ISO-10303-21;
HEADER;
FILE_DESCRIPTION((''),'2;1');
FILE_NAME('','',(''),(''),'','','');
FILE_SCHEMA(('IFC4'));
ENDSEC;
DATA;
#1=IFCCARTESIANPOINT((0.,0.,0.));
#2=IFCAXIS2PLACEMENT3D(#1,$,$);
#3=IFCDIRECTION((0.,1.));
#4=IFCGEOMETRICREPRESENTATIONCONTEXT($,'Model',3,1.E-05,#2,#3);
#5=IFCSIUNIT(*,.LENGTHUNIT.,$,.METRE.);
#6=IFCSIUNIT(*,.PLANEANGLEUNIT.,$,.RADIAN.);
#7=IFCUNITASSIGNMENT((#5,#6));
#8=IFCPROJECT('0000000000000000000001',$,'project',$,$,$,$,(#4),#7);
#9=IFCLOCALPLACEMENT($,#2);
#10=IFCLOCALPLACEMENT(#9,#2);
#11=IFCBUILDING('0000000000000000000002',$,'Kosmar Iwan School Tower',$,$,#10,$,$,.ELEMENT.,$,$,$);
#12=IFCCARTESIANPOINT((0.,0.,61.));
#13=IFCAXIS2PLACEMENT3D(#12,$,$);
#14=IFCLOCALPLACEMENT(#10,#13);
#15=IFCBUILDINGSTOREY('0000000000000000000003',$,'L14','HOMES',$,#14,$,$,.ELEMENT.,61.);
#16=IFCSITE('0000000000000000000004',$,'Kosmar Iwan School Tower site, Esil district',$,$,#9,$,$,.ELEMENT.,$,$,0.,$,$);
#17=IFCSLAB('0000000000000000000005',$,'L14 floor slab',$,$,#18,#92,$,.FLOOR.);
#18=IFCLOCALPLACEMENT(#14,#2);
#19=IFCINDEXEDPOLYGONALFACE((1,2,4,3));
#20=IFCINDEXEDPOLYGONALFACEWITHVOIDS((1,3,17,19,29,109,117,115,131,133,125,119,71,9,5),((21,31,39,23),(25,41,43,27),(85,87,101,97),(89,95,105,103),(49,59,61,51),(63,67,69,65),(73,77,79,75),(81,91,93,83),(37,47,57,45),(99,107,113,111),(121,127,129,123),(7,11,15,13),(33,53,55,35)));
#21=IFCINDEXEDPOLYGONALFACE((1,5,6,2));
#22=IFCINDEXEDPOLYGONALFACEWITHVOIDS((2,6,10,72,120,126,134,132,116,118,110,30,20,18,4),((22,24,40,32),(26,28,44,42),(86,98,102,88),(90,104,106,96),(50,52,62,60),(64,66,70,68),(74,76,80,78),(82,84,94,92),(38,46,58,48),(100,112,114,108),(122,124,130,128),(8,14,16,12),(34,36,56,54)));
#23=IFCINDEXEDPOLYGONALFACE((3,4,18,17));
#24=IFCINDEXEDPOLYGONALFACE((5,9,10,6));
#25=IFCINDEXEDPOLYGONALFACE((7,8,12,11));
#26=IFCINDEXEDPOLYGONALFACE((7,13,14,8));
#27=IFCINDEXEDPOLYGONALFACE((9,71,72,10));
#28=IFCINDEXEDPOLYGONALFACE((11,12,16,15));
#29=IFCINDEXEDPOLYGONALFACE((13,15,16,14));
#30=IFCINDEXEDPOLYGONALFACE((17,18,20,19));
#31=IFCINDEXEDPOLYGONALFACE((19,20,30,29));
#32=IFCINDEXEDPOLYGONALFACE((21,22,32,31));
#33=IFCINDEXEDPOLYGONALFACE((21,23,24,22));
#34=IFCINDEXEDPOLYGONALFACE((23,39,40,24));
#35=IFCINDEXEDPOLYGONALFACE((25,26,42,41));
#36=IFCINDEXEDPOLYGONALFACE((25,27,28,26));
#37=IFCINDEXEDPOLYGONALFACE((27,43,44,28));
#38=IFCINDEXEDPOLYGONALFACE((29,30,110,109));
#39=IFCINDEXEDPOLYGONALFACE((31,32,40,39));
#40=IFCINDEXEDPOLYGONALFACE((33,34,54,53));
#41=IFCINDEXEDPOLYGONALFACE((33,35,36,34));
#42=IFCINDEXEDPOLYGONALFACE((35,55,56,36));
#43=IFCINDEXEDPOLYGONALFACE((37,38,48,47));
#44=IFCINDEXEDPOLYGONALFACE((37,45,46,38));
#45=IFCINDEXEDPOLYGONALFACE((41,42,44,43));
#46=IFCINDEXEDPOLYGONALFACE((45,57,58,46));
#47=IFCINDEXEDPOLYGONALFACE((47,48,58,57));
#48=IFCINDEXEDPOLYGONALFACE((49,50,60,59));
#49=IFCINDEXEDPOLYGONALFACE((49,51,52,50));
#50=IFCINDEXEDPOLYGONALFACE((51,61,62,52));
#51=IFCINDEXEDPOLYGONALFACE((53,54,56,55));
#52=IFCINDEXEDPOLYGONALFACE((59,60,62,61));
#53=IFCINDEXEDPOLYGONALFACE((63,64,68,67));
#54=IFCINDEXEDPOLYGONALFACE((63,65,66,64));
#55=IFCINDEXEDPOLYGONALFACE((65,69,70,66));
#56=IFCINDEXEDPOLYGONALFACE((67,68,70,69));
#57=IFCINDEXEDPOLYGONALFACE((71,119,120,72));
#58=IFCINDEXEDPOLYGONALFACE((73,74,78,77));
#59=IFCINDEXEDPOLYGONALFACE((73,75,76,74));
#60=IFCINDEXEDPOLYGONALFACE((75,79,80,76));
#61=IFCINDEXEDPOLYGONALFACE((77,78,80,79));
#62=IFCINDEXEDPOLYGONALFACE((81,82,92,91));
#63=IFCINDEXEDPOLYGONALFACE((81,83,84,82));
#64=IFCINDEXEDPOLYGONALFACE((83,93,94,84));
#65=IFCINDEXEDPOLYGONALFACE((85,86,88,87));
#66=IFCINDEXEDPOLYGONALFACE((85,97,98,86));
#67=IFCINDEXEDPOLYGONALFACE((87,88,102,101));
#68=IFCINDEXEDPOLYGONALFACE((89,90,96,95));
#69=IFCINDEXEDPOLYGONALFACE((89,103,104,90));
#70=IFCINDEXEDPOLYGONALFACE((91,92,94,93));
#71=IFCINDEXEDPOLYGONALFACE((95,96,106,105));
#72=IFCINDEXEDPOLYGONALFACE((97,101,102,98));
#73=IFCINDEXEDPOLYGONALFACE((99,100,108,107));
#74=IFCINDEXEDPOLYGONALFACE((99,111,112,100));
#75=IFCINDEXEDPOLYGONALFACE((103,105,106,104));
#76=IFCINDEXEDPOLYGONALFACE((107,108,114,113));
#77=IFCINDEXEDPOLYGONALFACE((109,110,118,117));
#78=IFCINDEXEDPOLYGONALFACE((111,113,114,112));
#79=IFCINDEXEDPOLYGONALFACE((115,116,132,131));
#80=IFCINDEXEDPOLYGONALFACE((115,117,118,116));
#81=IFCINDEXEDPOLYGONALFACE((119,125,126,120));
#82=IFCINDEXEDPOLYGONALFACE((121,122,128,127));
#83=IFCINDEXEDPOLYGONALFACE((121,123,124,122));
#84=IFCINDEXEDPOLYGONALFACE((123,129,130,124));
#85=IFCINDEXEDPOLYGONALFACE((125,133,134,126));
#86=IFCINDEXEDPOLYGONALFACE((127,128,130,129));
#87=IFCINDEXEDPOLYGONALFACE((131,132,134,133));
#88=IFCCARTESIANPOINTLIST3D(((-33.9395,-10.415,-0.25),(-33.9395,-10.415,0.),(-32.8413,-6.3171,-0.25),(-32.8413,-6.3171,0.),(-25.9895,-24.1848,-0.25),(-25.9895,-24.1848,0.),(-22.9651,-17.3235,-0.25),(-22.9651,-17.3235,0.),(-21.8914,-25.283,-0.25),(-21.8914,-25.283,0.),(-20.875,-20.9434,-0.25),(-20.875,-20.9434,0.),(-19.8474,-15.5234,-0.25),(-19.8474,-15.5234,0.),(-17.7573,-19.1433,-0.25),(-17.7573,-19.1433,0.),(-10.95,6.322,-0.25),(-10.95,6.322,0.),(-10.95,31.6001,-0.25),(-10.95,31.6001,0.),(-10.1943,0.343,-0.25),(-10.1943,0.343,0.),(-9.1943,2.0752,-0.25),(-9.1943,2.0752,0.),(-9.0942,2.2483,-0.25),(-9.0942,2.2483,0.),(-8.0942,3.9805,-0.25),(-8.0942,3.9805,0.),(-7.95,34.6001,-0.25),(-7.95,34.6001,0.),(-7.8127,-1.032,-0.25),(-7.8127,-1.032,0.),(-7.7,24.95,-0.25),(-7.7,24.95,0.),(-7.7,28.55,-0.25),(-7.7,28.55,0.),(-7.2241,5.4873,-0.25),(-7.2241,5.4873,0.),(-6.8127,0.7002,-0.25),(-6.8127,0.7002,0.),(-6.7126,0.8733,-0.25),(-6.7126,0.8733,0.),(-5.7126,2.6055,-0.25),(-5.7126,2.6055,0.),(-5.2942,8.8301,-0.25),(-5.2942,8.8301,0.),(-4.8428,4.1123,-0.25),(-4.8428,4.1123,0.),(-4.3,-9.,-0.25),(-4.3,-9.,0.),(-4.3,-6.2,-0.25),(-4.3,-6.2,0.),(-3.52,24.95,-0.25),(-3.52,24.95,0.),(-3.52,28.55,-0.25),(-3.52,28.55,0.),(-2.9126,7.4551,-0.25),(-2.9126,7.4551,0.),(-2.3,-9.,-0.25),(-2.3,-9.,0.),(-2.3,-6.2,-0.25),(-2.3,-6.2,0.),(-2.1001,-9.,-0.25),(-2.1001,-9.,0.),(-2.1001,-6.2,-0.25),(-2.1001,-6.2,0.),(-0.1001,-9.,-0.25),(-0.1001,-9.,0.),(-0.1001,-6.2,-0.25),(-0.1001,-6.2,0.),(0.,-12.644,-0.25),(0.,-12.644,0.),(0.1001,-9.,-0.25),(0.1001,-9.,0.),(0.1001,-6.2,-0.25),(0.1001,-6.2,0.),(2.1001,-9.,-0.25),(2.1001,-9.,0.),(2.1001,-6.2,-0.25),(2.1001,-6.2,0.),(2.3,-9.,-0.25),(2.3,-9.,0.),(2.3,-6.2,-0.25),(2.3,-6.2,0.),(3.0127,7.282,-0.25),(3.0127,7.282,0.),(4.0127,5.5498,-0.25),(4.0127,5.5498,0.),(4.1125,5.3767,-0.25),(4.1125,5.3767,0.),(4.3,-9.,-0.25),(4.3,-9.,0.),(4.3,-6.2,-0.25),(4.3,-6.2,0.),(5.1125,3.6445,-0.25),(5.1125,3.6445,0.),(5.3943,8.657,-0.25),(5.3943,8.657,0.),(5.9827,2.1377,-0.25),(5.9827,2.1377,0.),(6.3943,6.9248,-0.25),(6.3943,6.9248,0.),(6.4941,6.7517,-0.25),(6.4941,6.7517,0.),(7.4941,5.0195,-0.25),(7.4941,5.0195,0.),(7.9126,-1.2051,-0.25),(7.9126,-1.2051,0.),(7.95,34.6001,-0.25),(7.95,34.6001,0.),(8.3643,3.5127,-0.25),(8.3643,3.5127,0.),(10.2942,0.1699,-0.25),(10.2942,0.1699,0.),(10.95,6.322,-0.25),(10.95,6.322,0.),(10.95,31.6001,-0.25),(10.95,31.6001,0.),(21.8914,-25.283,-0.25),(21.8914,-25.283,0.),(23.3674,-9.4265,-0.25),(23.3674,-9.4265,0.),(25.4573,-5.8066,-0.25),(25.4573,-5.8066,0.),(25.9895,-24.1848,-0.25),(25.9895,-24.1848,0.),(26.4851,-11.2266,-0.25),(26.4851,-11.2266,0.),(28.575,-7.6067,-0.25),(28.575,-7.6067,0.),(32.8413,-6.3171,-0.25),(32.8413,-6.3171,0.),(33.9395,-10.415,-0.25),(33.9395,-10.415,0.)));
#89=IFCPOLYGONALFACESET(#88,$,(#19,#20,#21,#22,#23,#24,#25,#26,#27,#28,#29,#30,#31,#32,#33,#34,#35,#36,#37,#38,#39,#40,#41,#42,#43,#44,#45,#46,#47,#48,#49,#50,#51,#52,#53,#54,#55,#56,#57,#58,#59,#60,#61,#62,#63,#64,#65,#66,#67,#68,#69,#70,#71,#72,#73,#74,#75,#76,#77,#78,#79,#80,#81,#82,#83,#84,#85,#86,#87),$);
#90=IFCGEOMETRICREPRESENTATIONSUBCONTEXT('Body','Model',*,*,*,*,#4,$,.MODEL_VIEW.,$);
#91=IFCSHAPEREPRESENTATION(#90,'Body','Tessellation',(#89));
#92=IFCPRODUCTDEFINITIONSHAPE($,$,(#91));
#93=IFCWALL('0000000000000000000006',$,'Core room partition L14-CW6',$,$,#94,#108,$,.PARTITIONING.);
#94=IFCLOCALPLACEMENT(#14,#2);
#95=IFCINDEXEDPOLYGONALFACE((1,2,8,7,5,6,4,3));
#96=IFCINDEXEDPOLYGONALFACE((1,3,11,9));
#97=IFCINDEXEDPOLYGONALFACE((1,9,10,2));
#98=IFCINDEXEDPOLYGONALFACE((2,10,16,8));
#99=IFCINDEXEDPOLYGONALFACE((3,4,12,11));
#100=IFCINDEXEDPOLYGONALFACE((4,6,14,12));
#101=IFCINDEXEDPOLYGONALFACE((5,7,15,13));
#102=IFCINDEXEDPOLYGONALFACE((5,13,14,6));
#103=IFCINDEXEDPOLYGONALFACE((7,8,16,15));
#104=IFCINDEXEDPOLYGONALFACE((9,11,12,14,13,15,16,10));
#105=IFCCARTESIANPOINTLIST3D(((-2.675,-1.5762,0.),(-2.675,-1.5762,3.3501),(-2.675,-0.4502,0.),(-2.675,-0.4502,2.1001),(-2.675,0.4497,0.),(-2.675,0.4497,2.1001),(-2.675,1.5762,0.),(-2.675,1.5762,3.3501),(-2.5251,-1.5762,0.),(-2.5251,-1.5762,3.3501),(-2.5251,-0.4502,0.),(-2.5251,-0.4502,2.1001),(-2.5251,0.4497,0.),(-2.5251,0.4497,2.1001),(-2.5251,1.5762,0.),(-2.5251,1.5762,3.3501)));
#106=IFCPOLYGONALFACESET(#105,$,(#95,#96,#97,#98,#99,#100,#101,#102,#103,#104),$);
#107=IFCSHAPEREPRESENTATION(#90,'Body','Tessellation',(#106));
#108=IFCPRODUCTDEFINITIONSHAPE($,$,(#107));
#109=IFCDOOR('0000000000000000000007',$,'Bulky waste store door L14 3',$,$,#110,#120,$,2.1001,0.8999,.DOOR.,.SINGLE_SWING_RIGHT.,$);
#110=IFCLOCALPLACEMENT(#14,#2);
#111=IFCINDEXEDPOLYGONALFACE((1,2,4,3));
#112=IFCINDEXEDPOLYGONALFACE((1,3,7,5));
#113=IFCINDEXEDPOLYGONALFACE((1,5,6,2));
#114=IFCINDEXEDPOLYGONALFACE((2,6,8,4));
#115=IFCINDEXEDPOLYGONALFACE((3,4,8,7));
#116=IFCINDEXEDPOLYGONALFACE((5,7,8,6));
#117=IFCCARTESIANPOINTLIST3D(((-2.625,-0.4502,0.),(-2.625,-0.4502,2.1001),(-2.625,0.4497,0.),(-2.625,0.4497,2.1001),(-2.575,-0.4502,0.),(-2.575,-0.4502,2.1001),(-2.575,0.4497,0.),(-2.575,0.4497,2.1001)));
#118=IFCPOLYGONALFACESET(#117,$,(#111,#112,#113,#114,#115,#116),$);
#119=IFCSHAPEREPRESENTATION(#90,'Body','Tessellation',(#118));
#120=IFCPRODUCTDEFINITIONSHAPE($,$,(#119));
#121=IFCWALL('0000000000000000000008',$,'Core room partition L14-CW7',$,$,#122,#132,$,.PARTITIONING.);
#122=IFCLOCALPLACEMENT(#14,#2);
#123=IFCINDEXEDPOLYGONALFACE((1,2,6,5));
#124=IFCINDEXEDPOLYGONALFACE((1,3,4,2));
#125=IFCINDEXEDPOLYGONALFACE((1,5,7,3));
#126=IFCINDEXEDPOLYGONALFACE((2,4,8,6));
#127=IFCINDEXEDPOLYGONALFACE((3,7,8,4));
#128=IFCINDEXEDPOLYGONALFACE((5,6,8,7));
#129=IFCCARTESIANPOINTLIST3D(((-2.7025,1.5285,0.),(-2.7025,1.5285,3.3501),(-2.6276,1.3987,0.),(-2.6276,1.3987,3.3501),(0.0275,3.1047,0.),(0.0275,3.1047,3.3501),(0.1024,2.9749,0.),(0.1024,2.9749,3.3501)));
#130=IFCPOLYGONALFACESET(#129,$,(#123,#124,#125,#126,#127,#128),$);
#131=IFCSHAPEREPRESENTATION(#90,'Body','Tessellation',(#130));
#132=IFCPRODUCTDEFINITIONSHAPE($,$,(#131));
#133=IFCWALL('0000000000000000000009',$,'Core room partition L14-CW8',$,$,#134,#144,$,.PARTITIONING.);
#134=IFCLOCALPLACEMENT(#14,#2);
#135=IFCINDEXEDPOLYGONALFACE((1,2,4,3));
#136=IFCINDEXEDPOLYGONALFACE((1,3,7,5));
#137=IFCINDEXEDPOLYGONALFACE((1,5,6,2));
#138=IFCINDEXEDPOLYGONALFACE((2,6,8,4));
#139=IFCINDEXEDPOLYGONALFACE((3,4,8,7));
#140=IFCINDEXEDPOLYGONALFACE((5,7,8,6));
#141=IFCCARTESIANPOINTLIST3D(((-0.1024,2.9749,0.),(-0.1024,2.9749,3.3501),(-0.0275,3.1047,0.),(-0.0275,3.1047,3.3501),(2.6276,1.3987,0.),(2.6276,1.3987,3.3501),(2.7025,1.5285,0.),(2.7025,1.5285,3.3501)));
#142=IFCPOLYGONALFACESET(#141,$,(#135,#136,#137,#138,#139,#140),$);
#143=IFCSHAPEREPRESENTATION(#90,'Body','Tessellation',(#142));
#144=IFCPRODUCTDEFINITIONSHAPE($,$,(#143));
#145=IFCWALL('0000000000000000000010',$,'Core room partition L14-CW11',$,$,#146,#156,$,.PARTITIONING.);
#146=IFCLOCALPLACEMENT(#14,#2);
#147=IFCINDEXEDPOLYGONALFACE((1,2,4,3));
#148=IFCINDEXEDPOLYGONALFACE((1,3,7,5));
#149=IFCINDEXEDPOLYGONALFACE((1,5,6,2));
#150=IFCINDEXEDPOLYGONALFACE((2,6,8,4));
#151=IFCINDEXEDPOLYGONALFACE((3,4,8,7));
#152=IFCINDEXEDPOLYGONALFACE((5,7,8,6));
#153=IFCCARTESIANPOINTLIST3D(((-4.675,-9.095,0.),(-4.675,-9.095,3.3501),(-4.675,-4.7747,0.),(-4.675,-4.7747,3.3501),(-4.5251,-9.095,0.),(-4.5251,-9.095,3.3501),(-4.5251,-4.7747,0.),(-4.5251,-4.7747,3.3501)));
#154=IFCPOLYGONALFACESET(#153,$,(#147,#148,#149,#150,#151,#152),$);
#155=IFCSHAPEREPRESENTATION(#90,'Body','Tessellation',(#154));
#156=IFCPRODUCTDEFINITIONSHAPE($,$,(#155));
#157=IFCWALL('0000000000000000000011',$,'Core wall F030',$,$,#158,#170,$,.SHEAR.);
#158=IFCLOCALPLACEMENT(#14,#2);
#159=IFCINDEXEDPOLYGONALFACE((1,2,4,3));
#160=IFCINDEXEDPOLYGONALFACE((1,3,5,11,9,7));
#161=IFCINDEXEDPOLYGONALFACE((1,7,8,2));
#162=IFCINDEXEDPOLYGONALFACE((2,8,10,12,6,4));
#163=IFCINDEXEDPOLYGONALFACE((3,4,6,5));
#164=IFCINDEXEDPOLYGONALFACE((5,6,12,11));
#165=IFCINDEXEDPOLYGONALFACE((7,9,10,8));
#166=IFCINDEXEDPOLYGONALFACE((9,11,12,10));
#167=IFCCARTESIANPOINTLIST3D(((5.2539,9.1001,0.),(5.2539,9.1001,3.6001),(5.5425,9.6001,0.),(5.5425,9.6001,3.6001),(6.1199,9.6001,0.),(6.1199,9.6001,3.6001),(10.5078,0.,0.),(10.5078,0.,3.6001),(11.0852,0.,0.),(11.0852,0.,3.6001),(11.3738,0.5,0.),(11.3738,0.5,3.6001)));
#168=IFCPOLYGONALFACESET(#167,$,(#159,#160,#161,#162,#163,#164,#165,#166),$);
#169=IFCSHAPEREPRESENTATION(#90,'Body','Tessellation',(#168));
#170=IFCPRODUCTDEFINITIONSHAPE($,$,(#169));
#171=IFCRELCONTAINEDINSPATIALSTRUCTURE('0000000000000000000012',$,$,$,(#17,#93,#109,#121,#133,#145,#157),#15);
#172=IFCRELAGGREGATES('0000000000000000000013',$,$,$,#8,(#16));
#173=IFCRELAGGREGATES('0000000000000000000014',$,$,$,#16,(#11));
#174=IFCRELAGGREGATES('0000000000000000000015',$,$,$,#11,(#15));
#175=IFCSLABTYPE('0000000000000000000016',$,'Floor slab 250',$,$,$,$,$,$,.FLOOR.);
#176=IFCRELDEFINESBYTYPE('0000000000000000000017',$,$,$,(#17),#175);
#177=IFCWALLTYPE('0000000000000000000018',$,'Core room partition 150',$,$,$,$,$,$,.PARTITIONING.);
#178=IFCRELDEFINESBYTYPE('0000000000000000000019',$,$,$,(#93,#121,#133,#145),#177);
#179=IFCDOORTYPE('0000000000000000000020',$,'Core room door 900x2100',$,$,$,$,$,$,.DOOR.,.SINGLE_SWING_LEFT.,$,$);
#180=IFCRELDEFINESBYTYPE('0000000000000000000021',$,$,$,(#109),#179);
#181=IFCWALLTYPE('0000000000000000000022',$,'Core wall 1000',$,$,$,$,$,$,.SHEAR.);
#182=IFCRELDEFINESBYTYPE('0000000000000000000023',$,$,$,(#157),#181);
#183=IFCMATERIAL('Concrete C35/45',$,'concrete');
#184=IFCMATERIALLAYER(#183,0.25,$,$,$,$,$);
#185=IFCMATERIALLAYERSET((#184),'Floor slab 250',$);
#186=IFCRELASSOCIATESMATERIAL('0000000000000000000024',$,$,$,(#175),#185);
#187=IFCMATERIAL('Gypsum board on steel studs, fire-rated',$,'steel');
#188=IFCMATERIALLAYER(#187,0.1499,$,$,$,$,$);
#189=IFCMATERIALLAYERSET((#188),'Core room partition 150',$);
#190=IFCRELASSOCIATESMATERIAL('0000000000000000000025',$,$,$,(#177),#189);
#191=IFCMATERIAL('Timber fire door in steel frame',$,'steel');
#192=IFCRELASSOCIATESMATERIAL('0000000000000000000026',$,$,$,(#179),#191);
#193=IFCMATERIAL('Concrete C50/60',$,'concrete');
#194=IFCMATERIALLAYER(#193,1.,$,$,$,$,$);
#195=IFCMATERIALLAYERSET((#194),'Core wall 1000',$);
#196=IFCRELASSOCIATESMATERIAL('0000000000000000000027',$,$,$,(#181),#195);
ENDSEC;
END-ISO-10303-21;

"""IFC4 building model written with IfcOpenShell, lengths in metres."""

from ifc_helpers import new_model, si_unit, direction, frame, frame_2d, origin, place, context, subcontext, project, spatial, polyline, rectangle, outline, extrude, material, layer, layer_set, type_object, element, fill, save


model = new_model("IFC4")

# Units and contexts
model_context = context("Model", 3, precision=1e-05, world=origin(), true_north=direction((0.0, 1.0)))
body_context = subcontext(model_context, "Body", "Model", "MODEL_VIEW")
ifc_project = project(units=[si_unit("LENGTHUNIT", "METRE"), si_unit("PLANEANGLEUNIT", "RADIAN")], contexts=[model_context])

# Site, building, storey
site_placement = place(None, origin())
site = spatial("IfcSite", under=ifc_project, at=site_placement, Name="Kosmar Iwan School Tower site, Esil district", CompositionType="ELEMENT", RefElevation=0.0)
building_placement = place(site_placement, origin())
building = spatial("IfcBuilding", under=site, at=building_placement, Name="Kosmar Iwan School Tower", CompositionType="ELEMENT")
storey_placement = place(building_placement, frame((0.0, 0.0, 61.0)))
storey = spatial("IfcBuildingStorey", under=building, at=storey_placement, Name="L14", Description="HOMES", CompositionType="ELEMENT", Elevation=61.0)

# Slab
ifc_material_1 = material(Name="Concrete C35/45", Category="concrete")
ifc_layer_1 = layer(ifc_material_1, 0.25)
ifc_layer_set_1 = layer_set([ifc_layer_1], Name="Floor slab 250")
slab_type = type_object("IfcSlabType", Name="Floor slab 250", PredefinedType="FLOOR", material=ifc_layer_set_1)
slab_placement = place(storey_placement, frame((0.0, 0.0, -0.25)))
element("IfcSlab", 1, at=slab_placement, inside=storey, type_object=slab_type, Name="L14 floor slab", PredefinedType="FLOOR", context=body_context, shape_type="SweptSolid", body=[
    extrude(outline(polyline([(-21.8914, -25.283), (0.0, -12.644), (21.8914, -25.283), (25.9895, -24.1848), (33.9395, -10.415), (32.8413, -6.3171), (10.95, 6.322), (10.95, 31.6001), (7.95, 34.6001), (-7.95, 34.6001), (-10.95, 31.6001), (-10.95, 6.322), (-32.8413, -6.3171), (-33.9395, -10.415), (-25.9895, -24.1848), (-21.8914, -25.283)]), holes=[polyline([(7.9126, -1.2051), (10.2942, 0.1699), (8.3643, 3.5127), (5.9827, 2.1377), (7.9126, -1.2051)]), polyline([(-2.9126, 7.4551), (-5.2942, 8.8301), (-7.2241, 5.4873), (-4.8428, 4.1123), (-2.9126, 7.4551)]), polyline([(-5.7126, 2.6055), (-8.0942, 3.9805), (-9.0942, 2.2483), (-6.7126, 0.8733), (-5.7126, 2.6055)]), polyline([(-6.8127, 0.7002), (-9.1943, 2.0752), (-10.1943, 0.343), (-7.8127, -1.032), (-6.8127, 0.7002)]), polyline([(5.1125, 3.6445), (7.4941, 5.0195), (6.4941, 6.7517), (4.1125, 5.3767), (5.1125, 3.6445)]), polyline([(4.0127, 5.5498), (6.3943, 6.9248), (5.3943, 8.657), (3.0127, 7.282), (4.0127, 5.5498)]), polyline([(-4.3, -6.2), (-4.3, -9.0), (-2.3, -9.0), (-2.3, -6.2), (-4.3, -6.2)]), polyline([(-2.1001, -6.2), (-2.1001, -9.0), (-0.1001, -9.0), (-0.1001, -6.2), (-2.1001, -6.2)]), polyline([(0.1001, -6.2), (0.1001, -9.0), (2.1001, -9.0), (2.1001, -6.2), (0.1001, -6.2)]), polyline([(2.3, -6.2), (2.3, -9.0), (4.3, -9.0), (4.3, -6.2), (2.3, -6.2)]), polyline([(-3.52, 24.95), (-3.52, 28.55), (-7.7, 28.55), (-7.7, 24.95), (-3.52, 24.95)]), polyline([(-19.8474, -15.5234), (-22.9651, -17.3235), (-20.875, -20.9434), (-17.7573, -19.1433), (-19.8474, -15.5234)]), polyline([(23.3674, -9.4265), (26.4851, -11.2266), (28.575, -7.6067), (25.4573, -5.8066), (23.3674, -9.4265)])]), origin(), (0.0, 0.0, 1.0), 0.25),
])

# Wall, opening, door
ifc_material_2 = material(Name="Gypsum board on steel studs, fire-rated", Category="steel")
ifc_layer_2 = layer(ifc_material_2, 0.1499)
ifc_layer_set_2 = layer_set([ifc_layer_2], Name="Core room partition 150")
wall_type_1 = type_object("IfcWallType", Name="Core room partition 150", PredefinedType="PARTITIONING", material=ifc_layer_set_2)
wall_1_placement = place(storey_placement, frame((-2.6001, -1.5762, 0.0), z_axis=(0.0, 0.0, 1.0), x_axis=(0.0, 1.0, 0.0)))
wall_1 = element("IfcWall", 2, at=wall_1_placement, inside=storey, type_object=wall_type_1, Name="Core room partition L14-CW6", PredefinedType="PARTITIONING", context=body_context, shape_type="SweptSolid", body=[
    extrude(rectangle(XDim=3.1523, YDim=0.1499, at=frame_2d((1.5762, 0.0))), origin(), (0.0, 0.0, 1.0), 3.3501),
])
opening_1_placement = place(wall_1_placement, frame((1.126, 0.0, 0.0)))
opening_1 = element("IfcOpeningElement", 3, at=opening_1_placement, cuts=wall_1, PredefinedType="OPENING", context=body_context, shape_type="SweptSolid", body=[
    extrude(rectangle(XDim=0.8999, YDim=2.1001, at=frame_2d((0.45, 1.05))), frame((0.0, 0.0869, 0.0), z_axis=(0.0, -1.0, 0.0), x_axis=(1.0, 0.0, 0.0)), (0.0, 0.0, 1.0), 0.1738),
])
ifc_material_3 = material(Name="Timber fire door in steel frame", Category="steel")
door_type_1 = type_object("IfcDoorType", Name="Core room door 900x2100", OperationType="SINGLE_SWING_LEFT", PredefinedType="DOOR", material=ifc_material_3)
door_1_placement = place(opening_1_placement, origin())
door_1 = element("IfcDoor", 4, at=door_1_placement, inside=storey, type_object=door_type_1, Name="Bulky waste store door L14 3", OperationType="SINGLE_SWING_RIGHT", OverallHeight=2.1001, OverallWidth=0.8999, PredefinedType="DOOR", context=body_context, shape_type="SweptSolid", body=[
    extrude(rectangle(XDim=0.8999, YDim=2.1001, at=frame_2d((0.45, 1.05))), frame((0.0, 0.0249, 0.0), z_axis=(0.0, -1.0, 0.0), x_axis=(1.0, 0.0, 0.0)), (0.0, 0.0, 1.0), 0.05),
])
fill(opening_1, door_1)

# Walls
for number, where, z_axis, x_axis, name in (
    (5, (-2.665, 1.4636, 0.0), (0.0, 0.0, 1.0), (0.866023, 0.500004, 0.0), "Core room partition L14-CW7"),
    (6, (-0.0649, 3.0398, 0.0), (0.0, 0.0, 1.0), (0.866023, -0.500004, 0.0), "Core room partition L14-CW8"),
):
    element("IfcWall", number, at=place(storey_placement, frame(where, z_axis=z_axis, x_axis=x_axis)), inside=storey, type_object=wall_type_1, Name=name, PredefinedType="PARTITIONING", context=body_context, shape_type="SweptSolid", body=[
        extrude(rectangle(XDim=3.1523, YDim=0.1499, at=frame_2d((1.5762, 0.0))), origin(), (0.0, 0.0, 1.0), 3.3501),
    ])
wall_2_placement = place(storey_placement, frame((-4.6001, -4.7747, 0.0), z_axis=(0.0, 0.0, 1.0), x_axis=(0.0, -1.0, 0.0)))
element("IfcWall", 7, at=wall_2_placement, inside=storey, type_object=wall_type_1, Name="Core room partition L14-CW11", PredefinedType="PARTITIONING", context=body_context, shape_type="SweptSolid", body=[
    extrude(rectangle(XDim=4.3203, YDim=0.1499, at=frame_2d((2.1602, 0.0))), origin(), (0.0, 0.0, 1.0), 3.3501),
])
ifc_material_4 = material(Name="Concrete C50/60", Category="concrete")
ifc_layer_3 = layer(ifc_material_4, 1.0)
ifc_layer_set_3 = layer_set([ifc_layer_3], Name="Core wall 1000")
wall_type_2 = type_object("IfcWallType", Name="Core wall 1000", PredefinedType="SHEAR", material=ifc_layer_set_3)
wall_3_placement = place(storey_placement, origin())
element("IfcWall", 8, at=wall_3_placement, inside=storey, type_object=wall_type_2, Name="Core wall F030", PredefinedType="SHEAR", context=body_context, shape_type="SweptSolid", body=[
    extrude(outline(polyline([(10.5078, 0.0), (11.0852, 0.0), (11.3738, 0.5), (6.1199, 9.6001), (5.5425, 9.6001), (5.2539, 9.1001), (10.5078, 0.0)])), origin(), (0.0, 0.0, 1.0), 3.6001),
])

save(model, "model.ifc")
